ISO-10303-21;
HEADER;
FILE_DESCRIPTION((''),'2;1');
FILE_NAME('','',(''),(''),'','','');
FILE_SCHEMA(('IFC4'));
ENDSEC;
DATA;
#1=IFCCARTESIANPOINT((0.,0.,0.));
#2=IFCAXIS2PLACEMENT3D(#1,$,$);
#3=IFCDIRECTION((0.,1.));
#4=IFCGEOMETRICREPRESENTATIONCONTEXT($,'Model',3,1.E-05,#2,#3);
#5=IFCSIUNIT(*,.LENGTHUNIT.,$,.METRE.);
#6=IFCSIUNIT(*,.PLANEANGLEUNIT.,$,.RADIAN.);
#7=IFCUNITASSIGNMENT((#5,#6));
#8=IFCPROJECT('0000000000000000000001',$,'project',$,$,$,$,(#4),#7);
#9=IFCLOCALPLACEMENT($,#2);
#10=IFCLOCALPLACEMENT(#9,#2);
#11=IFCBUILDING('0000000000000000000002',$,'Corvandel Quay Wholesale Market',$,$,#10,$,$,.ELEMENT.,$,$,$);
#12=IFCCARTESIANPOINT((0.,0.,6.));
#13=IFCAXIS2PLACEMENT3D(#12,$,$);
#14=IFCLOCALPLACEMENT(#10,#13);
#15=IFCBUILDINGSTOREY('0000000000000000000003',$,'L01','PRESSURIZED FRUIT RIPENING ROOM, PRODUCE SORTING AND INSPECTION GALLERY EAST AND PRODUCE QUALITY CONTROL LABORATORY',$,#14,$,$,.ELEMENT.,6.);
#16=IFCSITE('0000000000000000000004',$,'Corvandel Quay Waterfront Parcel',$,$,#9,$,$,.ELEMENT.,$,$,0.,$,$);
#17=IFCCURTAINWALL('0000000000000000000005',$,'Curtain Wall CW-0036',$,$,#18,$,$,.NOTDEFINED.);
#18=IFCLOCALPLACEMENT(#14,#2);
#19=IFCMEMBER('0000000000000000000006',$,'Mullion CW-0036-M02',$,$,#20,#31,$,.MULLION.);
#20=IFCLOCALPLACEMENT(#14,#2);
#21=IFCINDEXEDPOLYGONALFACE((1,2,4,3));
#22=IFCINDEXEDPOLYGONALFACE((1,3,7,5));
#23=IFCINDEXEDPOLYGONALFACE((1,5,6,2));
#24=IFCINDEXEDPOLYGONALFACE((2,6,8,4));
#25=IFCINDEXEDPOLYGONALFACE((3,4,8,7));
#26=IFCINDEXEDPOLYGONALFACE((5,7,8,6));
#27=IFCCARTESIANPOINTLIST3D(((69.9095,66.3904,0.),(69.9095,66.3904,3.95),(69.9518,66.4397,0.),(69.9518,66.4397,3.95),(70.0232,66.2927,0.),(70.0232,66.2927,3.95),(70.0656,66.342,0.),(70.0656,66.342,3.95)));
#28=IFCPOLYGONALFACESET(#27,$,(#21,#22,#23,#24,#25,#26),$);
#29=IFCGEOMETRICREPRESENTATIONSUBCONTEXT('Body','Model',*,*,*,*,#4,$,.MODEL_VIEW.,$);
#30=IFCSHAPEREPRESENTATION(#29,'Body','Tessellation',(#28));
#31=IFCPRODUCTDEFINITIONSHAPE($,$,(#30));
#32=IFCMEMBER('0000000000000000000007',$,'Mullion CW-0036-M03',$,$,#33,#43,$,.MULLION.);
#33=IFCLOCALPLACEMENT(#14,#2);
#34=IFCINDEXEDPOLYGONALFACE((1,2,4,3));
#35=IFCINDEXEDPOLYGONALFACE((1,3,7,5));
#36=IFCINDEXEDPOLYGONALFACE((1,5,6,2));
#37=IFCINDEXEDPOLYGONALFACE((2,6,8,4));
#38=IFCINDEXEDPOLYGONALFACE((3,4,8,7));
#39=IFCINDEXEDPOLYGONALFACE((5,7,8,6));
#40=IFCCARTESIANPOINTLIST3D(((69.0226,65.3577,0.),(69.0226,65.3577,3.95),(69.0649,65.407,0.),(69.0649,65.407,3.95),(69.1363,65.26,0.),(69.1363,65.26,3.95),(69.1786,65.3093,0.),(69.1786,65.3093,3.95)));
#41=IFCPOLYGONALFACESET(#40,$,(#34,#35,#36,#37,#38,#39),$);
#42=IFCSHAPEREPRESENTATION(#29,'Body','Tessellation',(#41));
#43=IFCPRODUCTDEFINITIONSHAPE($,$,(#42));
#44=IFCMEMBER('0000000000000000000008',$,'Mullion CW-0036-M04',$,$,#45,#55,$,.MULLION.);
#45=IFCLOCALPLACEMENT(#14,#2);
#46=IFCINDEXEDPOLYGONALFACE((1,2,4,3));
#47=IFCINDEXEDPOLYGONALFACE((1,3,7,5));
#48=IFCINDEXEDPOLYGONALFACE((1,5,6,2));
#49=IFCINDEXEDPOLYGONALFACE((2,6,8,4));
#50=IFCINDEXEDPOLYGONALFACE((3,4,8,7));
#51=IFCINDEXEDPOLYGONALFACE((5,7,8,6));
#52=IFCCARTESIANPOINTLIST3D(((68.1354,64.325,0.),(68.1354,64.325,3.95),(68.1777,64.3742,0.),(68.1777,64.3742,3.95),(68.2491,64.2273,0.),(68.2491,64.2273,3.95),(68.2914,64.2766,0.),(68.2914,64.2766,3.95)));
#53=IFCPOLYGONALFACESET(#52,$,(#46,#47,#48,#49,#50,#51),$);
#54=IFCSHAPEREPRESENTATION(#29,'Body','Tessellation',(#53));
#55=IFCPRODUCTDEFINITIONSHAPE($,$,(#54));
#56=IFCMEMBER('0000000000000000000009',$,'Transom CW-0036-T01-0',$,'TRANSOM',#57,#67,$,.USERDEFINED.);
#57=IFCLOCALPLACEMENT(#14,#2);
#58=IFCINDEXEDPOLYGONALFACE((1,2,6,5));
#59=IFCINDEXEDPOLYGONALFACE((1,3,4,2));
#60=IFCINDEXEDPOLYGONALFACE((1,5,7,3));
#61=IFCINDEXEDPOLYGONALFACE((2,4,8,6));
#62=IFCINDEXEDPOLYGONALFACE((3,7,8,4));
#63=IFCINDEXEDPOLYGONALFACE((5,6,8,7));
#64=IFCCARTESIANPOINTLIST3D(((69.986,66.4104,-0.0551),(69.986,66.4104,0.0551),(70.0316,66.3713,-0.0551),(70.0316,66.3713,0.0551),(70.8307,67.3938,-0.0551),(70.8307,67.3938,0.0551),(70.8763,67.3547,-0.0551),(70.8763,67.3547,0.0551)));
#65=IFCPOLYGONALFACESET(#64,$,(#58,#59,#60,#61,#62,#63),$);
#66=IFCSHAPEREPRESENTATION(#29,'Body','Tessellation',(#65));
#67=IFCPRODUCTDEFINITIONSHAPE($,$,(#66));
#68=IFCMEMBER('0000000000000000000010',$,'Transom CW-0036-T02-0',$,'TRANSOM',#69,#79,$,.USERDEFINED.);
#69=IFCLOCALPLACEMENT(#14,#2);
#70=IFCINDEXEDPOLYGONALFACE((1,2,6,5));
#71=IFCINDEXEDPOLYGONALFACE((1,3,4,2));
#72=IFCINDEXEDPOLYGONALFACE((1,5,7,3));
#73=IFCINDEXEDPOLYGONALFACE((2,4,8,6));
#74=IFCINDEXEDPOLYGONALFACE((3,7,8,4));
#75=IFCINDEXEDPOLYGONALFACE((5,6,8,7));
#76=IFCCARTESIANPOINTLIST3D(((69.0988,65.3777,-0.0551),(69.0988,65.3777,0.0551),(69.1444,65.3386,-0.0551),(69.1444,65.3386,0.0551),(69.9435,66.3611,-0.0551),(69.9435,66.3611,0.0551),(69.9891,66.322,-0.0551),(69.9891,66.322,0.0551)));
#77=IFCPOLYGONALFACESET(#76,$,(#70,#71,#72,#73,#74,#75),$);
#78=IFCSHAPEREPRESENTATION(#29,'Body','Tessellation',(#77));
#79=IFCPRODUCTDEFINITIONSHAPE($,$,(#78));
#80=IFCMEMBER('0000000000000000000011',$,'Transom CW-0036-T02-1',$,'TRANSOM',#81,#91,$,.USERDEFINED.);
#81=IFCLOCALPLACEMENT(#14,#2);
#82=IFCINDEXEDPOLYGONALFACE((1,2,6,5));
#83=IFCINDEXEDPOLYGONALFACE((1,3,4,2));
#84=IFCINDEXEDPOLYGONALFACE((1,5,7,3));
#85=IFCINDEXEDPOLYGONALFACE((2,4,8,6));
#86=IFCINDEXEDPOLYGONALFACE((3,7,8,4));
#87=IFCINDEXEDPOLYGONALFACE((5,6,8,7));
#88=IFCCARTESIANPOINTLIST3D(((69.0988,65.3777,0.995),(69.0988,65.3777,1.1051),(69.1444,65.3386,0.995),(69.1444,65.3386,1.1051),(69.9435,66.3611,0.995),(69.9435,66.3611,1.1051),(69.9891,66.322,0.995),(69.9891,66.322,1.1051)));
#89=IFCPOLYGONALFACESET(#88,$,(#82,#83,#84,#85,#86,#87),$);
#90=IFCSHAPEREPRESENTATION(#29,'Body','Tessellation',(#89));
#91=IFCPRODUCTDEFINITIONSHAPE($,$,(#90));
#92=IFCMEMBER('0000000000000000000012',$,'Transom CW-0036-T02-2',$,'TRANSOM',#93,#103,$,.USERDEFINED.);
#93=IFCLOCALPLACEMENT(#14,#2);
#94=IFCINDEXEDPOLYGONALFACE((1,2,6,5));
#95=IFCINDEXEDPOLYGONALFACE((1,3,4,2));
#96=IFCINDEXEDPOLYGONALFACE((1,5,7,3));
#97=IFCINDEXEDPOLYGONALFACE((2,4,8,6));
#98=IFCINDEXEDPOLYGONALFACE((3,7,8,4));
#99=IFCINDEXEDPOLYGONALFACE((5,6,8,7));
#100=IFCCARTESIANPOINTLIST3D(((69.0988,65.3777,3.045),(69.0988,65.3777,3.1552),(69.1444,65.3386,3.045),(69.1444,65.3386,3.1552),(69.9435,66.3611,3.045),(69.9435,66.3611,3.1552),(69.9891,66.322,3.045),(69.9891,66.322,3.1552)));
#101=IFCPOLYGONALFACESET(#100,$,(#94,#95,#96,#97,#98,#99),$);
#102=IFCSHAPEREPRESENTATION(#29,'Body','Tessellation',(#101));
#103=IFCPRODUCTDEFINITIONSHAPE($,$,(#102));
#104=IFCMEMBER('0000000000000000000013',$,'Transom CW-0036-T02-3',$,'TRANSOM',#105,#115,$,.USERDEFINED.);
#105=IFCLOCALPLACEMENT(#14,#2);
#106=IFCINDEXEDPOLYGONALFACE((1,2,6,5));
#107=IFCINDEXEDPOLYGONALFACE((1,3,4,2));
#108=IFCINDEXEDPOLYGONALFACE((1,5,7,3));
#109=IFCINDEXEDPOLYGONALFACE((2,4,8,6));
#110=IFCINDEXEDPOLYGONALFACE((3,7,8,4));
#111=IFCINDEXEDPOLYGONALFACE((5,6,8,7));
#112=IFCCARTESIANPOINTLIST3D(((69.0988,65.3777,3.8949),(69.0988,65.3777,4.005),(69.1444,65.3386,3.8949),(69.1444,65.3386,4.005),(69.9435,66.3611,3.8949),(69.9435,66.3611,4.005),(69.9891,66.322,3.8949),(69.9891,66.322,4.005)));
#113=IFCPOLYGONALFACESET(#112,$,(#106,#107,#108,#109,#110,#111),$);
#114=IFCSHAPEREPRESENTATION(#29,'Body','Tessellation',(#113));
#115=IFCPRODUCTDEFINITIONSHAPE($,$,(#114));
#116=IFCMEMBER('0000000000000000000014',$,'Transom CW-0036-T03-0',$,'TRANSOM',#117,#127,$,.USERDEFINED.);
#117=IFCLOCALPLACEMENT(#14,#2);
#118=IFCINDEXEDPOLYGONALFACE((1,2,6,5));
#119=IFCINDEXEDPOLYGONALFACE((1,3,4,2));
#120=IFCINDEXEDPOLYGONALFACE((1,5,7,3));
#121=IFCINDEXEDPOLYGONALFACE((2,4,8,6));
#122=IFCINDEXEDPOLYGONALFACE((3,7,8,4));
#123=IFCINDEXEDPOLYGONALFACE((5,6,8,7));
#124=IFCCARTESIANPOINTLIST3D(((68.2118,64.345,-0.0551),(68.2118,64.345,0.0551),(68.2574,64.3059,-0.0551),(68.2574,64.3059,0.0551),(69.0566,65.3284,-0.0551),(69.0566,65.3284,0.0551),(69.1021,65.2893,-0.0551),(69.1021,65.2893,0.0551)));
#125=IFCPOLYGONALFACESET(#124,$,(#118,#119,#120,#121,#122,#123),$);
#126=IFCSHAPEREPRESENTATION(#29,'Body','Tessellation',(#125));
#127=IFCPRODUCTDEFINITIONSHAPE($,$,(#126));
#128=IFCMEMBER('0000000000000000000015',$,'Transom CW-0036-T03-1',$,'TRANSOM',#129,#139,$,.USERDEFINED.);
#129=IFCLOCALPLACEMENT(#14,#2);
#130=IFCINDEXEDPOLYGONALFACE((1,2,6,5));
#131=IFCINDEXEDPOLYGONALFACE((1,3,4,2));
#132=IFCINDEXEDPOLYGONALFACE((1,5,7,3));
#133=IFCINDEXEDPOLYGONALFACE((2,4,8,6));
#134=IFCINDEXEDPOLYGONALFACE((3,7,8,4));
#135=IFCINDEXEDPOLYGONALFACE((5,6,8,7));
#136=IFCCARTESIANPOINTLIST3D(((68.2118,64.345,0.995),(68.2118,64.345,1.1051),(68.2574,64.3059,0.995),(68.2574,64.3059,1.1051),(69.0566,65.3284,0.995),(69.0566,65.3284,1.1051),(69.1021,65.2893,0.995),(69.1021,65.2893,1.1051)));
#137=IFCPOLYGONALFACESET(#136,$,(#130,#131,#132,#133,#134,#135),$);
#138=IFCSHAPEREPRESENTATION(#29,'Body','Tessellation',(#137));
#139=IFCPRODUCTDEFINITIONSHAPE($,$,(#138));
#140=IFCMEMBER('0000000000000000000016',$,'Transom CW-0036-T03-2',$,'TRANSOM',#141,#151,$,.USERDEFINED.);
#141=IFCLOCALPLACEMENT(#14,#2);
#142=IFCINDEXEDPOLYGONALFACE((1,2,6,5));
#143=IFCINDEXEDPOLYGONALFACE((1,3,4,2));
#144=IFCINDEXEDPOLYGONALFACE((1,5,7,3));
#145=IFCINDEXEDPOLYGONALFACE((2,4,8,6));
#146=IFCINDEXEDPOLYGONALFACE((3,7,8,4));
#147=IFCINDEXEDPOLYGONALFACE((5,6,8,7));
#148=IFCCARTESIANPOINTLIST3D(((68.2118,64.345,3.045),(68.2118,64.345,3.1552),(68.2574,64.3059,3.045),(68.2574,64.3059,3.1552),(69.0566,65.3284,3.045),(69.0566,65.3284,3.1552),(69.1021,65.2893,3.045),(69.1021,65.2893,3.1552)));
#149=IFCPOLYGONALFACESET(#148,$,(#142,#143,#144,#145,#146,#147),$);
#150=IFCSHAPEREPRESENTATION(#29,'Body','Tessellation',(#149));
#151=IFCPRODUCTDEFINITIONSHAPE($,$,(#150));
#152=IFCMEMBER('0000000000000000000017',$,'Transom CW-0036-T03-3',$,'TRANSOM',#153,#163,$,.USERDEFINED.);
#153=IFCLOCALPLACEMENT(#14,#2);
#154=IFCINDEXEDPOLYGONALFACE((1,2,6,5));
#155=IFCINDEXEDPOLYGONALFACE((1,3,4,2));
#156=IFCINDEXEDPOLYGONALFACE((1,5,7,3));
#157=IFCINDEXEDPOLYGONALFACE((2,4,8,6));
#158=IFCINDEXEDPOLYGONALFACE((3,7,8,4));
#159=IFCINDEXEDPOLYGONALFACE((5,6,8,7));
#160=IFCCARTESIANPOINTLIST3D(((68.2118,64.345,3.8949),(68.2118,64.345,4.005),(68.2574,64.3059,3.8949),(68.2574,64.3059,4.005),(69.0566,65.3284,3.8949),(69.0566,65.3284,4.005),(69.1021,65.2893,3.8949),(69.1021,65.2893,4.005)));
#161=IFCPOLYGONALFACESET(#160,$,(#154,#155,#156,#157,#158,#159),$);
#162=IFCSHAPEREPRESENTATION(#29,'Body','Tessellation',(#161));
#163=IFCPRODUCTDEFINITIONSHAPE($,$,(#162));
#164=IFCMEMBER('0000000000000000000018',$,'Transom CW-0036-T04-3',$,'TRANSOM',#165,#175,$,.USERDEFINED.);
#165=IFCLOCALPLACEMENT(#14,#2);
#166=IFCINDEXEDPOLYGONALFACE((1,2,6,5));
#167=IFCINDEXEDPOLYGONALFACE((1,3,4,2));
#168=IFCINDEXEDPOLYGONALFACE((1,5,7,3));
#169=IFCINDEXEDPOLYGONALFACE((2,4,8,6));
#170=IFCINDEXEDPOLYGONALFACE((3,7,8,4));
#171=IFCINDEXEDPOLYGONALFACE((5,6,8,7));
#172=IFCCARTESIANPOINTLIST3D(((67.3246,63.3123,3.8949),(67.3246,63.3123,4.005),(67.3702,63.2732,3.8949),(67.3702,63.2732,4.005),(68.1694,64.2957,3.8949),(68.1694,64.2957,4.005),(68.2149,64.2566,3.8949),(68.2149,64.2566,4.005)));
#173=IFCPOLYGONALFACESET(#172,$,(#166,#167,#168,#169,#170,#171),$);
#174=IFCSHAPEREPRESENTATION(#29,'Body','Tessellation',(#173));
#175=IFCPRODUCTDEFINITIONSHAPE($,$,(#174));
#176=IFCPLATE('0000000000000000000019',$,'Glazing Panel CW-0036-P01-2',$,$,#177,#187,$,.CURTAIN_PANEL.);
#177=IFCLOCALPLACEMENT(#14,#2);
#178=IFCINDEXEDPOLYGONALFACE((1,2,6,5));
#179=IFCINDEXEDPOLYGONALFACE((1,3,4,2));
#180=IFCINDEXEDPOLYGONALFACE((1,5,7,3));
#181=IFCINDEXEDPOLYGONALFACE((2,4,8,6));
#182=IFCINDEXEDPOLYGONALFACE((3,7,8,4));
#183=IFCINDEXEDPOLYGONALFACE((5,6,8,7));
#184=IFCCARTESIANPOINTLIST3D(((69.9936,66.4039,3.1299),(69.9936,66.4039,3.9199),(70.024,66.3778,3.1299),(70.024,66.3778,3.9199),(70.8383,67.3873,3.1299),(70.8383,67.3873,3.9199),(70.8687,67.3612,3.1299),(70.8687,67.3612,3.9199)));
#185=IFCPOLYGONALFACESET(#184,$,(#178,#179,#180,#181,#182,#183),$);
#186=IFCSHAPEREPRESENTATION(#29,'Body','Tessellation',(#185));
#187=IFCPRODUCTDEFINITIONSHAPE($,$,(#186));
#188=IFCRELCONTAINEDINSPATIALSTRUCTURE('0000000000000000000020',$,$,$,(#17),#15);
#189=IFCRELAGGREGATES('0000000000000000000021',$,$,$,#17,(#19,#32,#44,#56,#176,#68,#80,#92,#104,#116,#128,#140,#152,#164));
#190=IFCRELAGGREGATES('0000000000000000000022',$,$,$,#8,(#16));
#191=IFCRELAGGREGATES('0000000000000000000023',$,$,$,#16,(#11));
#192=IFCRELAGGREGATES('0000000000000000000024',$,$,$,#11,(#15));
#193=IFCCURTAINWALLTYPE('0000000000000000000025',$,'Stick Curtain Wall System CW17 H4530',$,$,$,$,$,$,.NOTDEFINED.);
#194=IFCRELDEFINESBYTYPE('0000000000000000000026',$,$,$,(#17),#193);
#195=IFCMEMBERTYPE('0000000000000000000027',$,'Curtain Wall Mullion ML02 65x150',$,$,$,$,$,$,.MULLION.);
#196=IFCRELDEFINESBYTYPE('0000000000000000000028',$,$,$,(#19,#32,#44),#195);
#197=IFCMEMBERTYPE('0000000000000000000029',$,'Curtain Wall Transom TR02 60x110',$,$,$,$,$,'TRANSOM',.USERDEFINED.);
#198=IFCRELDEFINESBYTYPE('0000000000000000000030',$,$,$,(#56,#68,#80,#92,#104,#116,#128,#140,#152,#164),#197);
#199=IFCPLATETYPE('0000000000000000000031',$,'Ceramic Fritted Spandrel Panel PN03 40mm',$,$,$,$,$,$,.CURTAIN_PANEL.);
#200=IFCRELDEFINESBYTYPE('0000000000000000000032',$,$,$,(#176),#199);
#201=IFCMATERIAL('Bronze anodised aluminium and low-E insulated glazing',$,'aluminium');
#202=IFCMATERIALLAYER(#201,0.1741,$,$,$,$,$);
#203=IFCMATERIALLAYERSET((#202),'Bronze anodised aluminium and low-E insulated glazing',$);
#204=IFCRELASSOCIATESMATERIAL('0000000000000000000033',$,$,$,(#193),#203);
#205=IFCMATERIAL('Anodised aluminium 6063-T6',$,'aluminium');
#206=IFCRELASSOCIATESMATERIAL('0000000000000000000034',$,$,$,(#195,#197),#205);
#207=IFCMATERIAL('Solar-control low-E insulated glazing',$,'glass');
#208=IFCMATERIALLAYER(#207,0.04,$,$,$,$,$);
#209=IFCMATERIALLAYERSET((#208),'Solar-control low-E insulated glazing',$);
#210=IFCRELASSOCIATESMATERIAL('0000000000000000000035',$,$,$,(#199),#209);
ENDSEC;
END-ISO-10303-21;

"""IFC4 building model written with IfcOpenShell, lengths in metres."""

from ifc_helpers import new_model, si_unit, direction, frame, origin, origin_2d, place, context, subcontext, project, spatial, rectangle, extrude, material, layer, layer_set, material_profile, profile_set, type_object, element, aggregate, save


model = new_model("IFC4")

# Units and contexts
model_context = context("Model", 3, precision=1e-05, world=origin(), true_north=direction((0.0, 1.0)))
body_context = subcontext(model_context, "Body", "Model", "MODEL_VIEW")
ifc_project = project(units=[si_unit("LENGTHUNIT", "METRE"), si_unit("PLANEANGLEUNIT", "RADIAN")], contexts=[model_context])

# Site, building, storey
site_placement = place(None, origin())
site = spatial("IfcSite", under=ifc_project, at=site_placement, Name="Corvandel Quay Waterfront Parcel", CompositionType="ELEMENT", RefElevation=0.0)
building_placement = place(site_placement, origin())
building = spatial("IfcBuilding", under=site, at=building_placement, Name="Corvandel Quay Wholesale Market", CompositionType="ELEMENT")
storey_placement = place(building_placement, frame((0.0, 0.0, 6.0)))
storey = spatial("IfcBuildingStorey", under=building, at=storey_placement, Name="L01", Description="PRESSURIZED FRUIT RIPENING ROOM, PRODUCE SORTING AND INSPECTION GALLERY EAST AND PRODUCE QUALITY CONTROL LABORATORY", CompositionType="ELEMENT", Elevation=6.0)

# Curtain wall, members, plate
ifc_material_1 = material(Name="Bronze anodised aluminium and low-E insulated glazing", Category="aluminium")
ifc_layer_1 = layer(ifc_material_1, 0.1741)
ifc_layer_set_1 = layer_set([ifc_layer_1], Name="Bronze anodised aluminium and low-E insulated glazing")
curtain_wall_type = type_object("IfcCurtainWallType", Name="Stick Curtain Wall System CW17 H4530", PredefinedType="NOTDEFINED", material=ifc_layer_set_1)
curtain_wall_placement = place(storey_placement, origin())
curtain_wall = element("IfcCurtainWall", 1, at=curtain_wall_placement, inside=storey, type_object=curtain_wall_type, Name="Curtain Wall CW-0036", PredefinedType="NOTDEFINED")
ifc_material_2 = material(Name="Anodised aluminium 6063-T6", Category="aluminium")
ifc_material_profile_1 = material_profile(ifc_material_2, rectangle(XDim=0.0649, YDim=0.1499, at=origin_2d()), Name="ALU-MUL-65x150")
ifc_profile_set_1 = profile_set([ifc_material_profile_1], Name="Anodised aluminium 6063-T6")
member_type_1 = type_object("IfcMemberType", Name="Curtain Wall Mullion ML02 65x150", PredefinedType="MULLION", material=ifc_profile_set_1)
member_1_placement = place(storey_placement, frame((69.9875, 66.3662, 0.0), z_axis=(0.0, 0.0, 1.0), x_axis=(0.651569, 0.758589, 0.0)))
member_1 = element("IfcMember", 2, at=member_1_placement, type_object=member_type_1, Name="Mullion CW-0036-M02", PredefinedType="MULLION", context=body_context, shape_type="SweptSolid", body=[
    extrude(rectangle(XDim=0.0649, YDim=0.1499, at=origin_2d()), origin(), (0.0, 0.0, 1.0), 3.95),
])
member_2_placement = place(storey_placement, frame((69.1006, 65.3335, 0.0), z_axis=(0.0, 0.0, 1.0), x_axis=(0.651569, 0.758589, 0.0)))
member_2 = element("IfcMember", 3, at=member_2_placement, type_object=member_type_1, Name="Mullion CW-0036-M03", PredefinedType="MULLION", context=body_context, shape_type="SweptSolid", body=[
    extrude(rectangle(XDim=0.0649, YDim=0.1499, at=origin_2d()), origin(), (0.0, 0.0, 1.0), 3.95),
])
member_3_placement = place(storey_placement, frame((68.2134, 64.3008, 0.0), z_axis=(0.0, 0.0, 1.0), x_axis=(0.651569, 0.758589, 0.0)))
member_3 = element("IfcMember", 4, at=member_3_placement, type_object=member_type_1, Name="Mullion CW-0036-M04", PredefinedType="MULLION", context=body_context, shape_type="SweptSolid", body=[
    extrude(rectangle(XDim=0.0649, YDim=0.1499, at=origin_2d()), origin(), (0.0, 0.0, 1.0), 3.95),
])
ifc_material_profile_2 = material_profile(ifc_material_2, rectangle(XDim=0.0601, YDim=0.1101, at=origin_2d()), Name="ALU-TRN-60x110")
ifc_profile_set_2 = profile_set([ifc_material_profile_2], Name="Anodised aluminium 6063-T6")
member_type_2 = type_object("IfcMemberType", Name="Curtain Wall Transom TR02 60x110", ElementType="TRANSOM", PredefinedType="USERDEFINED", material=ifc_profile_set_2)
member_4_placement = place(storey_placement, frame((70.8535, 67.3743, 0.0), z_axis=(-0.651597, -0.758565, 0.0), x_axis=(0.758565, -0.651597, 0.0)))
member_4 = element("IfcMember", 5, at=member_4_placement, type_object=member_type_2, Name="Transom CW-0036-T01-0", ObjectType="TRANSOM", PredefinedType="USERDEFINED", context=body_context, shape_type="SweptSolid", body=[
    extrude(rectangle(XDim=0.0601, YDim=0.1101, at=origin_2d()), origin(), (0.0, 0.0, 1.0), 1.2964),
])
member_5_placement = place(storey_placement, frame((69.9663, 66.3416, 0.0), z_axis=(-0.651597, -0.758565, 0.0), x_axis=(0.758565, -0.651597, 0.0)))
member_5 = element("IfcMember", 6, at=member_5_placement, type_object=member_type_2, Name="Transom CW-0036-T02-0", ObjectType="TRANSOM", PredefinedType="USERDEFINED", context=body_context, shape_type="SweptSolid", body=[
    extrude(rectangle(XDim=0.0601, YDim=0.1101, at=origin_2d()), origin(), (0.0, 0.0, 1.0), 1.2964),
])
member_6_placement = place(storey_placement, frame((69.9663, 66.3416, 1.05), z_axis=(-0.651597, -0.758565, 0.0), x_axis=(0.758565, -0.651597, 0.0)))
member_6 = element("IfcMember", 7, at=member_6_placement, type_object=member_type_2, Name="Transom CW-0036-T02-1", ObjectType="TRANSOM", PredefinedType="USERDEFINED", context=body_context, shape_type="SweptSolid", body=[
    extrude(rectangle(XDim=0.0601, YDim=0.1101, at=origin_2d()), origin(), (0.0, 0.0, 1.0), 1.2964),
])
member_7_placement = place(storey_placement, frame((69.9663, 66.3416, 3.1001), z_axis=(-0.651597, -0.758565, 0.0), x_axis=(0.758565, -0.651597, 0.0)))
member_7 = element("IfcMember", 8, at=member_7_placement, type_object=member_type_2, Name="Transom CW-0036-T02-2", ObjectType="TRANSOM", PredefinedType="USERDEFINED", context=body_context, shape_type="SweptSolid", body=[
    extrude(rectangle(XDim=0.0601, YDim=0.1101, at=origin_2d()), origin(), (0.0, 0.0, 1.0), 1.2964),
])
member_8_placement = place(storey_placement, frame((69.9663, 66.3416, 3.95), z_axis=(-0.651597, -0.758565, 0.0), x_axis=(0.758565, -0.651597, 0.0)))
member_8 = element("IfcMember", 9, at=member_8_placement, type_object=member_type_2, Name="Transom CW-0036-T02-3", ObjectType="TRANSOM", PredefinedType="USERDEFINED", context=body_context, shape_type="SweptSolid", body=[
    extrude(rectangle(XDim=0.0601, YDim=0.1101, at=origin_2d()), origin(), (0.0, 0.0, 1.0), 1.2964),
])
member_9_placement = place(storey_placement, frame((69.0793, 65.3088, 0.0), z_axis=(-0.651597, -0.758565, 0.0), x_axis=(0.758565, -0.651597, 0.0)))
member_9 = element("IfcMember", 10, at=member_9_placement, type_object=member_type_2, Name="Transom CW-0036-T03-0", ObjectType="TRANSOM", PredefinedType="USERDEFINED", context=body_context, shape_type="SweptSolid", body=[
    extrude(rectangle(XDim=0.0601, YDim=0.1101, at=origin_2d()), origin(), (0.0, 0.0, 1.0), 1.2964),
])
member_10_placement = place(storey_placement, frame((69.0793, 65.3088, 1.05), z_axis=(-0.651597, -0.758565, 0.0), x_axis=(0.758565, -0.651597, 0.0)))
member_10 = element("IfcMember", 11, at=member_10_placement, type_object=member_type_2, Name="Transom CW-0036-T03-1", ObjectType="TRANSOM", PredefinedType="USERDEFINED", context=body_context, shape_type="SweptSolid", body=[
    extrude(rectangle(XDim=0.0601, YDim=0.1101, at=origin_2d()), origin(), (0.0, 0.0, 1.0), 1.2964),
])
member_11_placement = place(storey_placement, frame((69.0793, 65.3088, 3.1001), z_axis=(-0.651597, -0.758565, 0.0), x_axis=(0.758565, -0.651597, 0.0)))
member_11 = element("IfcMember", 12, at=member_11_placement, type_object=member_type_2, Name="Transom CW-0036-T03-2", ObjectType="TRANSOM", PredefinedType="USERDEFINED", context=body_context, shape_type="SweptSolid", body=[
    extrude(rectangle(XDim=0.0601, YDim=0.1101, at=origin_2d()), origin(), (0.0, 0.0, 1.0), 1.2964),
])
member_12_placement = place(storey_placement, frame((69.0793, 65.3088, 3.95), z_axis=(-0.651597, -0.758565, 0.0), x_axis=(0.758565, -0.651597, 0.0)))
member_12 = element("IfcMember", 13, at=member_12_placement, type_object=member_type_2, Name="Transom CW-0036-T03-3", ObjectType="TRANSOM", PredefinedType="USERDEFINED", context=body_context, shape_type="SweptSolid", body=[
    extrude(rectangle(XDim=0.0601, YDim=0.1101, at=origin_2d()), origin(), (0.0, 0.0, 1.0), 1.2964),
])
member_13_placement = place(storey_placement, frame((68.1921, 64.2761, 3.95), z_axis=(-0.651597, -0.758565, 0.0), x_axis=(0.758565, -0.651597, 0.0)))
member_13 = element("IfcMember", 14, at=member_13_placement, type_object=member_type_2, Name="Transom CW-0036-T04-3", ObjectType="TRANSOM", PredefinedType="USERDEFINED", context=body_context, shape_type="SweptSolid", body=[
    extrude(rectangle(XDim=0.0601, YDim=0.1101, at=origin_2d()), origin(), (0.0, 0.0, 1.0), 1.2964),
])
ifc_material_3 = material(Name="Solar-control low-E insulated glazing", Category="glass")
ifc_layer_2 = layer(ifc_material_3, 0.04)
ifc_layer_set_2 = layer_set([ifc_layer_2], Name="Solar-control low-E insulated glazing")
plate_type_1 = type_object("IfcPlateType", Name="Ceramic Fritted Spandrel Panel PN03 40mm", PredefinedType="CURTAIN_PANEL", material=ifc_layer_set_2)
plate_1_placement = place(storey_placement, frame((70.4312, 66.8826, 3.1299), z_axis=(0.0, 0.0, 1.0), x_axis=(0.651569, 0.758589, 0.0)))
plate_1 = element("IfcPlate", 15, at=plate_1_placement, type_object=plate_type_1, Name="Glazing Panel CW-0036-P01-2", PredefinedType="CURTAIN_PANEL", context=body_context, shape_type="SweptSolid", body=[
    extrude(rectangle(XDim=1.2964, YDim=0.04, at=origin_2d()), origin(), (0.0, 0.0, 1.0), 0.79),
])
aggregate(curtain_wall, [member_1, member_2, member_3, member_4, plate_1, member_5, member_6, member_7, member_8, member_9, member_10, member_11, member_12, member_13])

save(model, "model.ifc")
